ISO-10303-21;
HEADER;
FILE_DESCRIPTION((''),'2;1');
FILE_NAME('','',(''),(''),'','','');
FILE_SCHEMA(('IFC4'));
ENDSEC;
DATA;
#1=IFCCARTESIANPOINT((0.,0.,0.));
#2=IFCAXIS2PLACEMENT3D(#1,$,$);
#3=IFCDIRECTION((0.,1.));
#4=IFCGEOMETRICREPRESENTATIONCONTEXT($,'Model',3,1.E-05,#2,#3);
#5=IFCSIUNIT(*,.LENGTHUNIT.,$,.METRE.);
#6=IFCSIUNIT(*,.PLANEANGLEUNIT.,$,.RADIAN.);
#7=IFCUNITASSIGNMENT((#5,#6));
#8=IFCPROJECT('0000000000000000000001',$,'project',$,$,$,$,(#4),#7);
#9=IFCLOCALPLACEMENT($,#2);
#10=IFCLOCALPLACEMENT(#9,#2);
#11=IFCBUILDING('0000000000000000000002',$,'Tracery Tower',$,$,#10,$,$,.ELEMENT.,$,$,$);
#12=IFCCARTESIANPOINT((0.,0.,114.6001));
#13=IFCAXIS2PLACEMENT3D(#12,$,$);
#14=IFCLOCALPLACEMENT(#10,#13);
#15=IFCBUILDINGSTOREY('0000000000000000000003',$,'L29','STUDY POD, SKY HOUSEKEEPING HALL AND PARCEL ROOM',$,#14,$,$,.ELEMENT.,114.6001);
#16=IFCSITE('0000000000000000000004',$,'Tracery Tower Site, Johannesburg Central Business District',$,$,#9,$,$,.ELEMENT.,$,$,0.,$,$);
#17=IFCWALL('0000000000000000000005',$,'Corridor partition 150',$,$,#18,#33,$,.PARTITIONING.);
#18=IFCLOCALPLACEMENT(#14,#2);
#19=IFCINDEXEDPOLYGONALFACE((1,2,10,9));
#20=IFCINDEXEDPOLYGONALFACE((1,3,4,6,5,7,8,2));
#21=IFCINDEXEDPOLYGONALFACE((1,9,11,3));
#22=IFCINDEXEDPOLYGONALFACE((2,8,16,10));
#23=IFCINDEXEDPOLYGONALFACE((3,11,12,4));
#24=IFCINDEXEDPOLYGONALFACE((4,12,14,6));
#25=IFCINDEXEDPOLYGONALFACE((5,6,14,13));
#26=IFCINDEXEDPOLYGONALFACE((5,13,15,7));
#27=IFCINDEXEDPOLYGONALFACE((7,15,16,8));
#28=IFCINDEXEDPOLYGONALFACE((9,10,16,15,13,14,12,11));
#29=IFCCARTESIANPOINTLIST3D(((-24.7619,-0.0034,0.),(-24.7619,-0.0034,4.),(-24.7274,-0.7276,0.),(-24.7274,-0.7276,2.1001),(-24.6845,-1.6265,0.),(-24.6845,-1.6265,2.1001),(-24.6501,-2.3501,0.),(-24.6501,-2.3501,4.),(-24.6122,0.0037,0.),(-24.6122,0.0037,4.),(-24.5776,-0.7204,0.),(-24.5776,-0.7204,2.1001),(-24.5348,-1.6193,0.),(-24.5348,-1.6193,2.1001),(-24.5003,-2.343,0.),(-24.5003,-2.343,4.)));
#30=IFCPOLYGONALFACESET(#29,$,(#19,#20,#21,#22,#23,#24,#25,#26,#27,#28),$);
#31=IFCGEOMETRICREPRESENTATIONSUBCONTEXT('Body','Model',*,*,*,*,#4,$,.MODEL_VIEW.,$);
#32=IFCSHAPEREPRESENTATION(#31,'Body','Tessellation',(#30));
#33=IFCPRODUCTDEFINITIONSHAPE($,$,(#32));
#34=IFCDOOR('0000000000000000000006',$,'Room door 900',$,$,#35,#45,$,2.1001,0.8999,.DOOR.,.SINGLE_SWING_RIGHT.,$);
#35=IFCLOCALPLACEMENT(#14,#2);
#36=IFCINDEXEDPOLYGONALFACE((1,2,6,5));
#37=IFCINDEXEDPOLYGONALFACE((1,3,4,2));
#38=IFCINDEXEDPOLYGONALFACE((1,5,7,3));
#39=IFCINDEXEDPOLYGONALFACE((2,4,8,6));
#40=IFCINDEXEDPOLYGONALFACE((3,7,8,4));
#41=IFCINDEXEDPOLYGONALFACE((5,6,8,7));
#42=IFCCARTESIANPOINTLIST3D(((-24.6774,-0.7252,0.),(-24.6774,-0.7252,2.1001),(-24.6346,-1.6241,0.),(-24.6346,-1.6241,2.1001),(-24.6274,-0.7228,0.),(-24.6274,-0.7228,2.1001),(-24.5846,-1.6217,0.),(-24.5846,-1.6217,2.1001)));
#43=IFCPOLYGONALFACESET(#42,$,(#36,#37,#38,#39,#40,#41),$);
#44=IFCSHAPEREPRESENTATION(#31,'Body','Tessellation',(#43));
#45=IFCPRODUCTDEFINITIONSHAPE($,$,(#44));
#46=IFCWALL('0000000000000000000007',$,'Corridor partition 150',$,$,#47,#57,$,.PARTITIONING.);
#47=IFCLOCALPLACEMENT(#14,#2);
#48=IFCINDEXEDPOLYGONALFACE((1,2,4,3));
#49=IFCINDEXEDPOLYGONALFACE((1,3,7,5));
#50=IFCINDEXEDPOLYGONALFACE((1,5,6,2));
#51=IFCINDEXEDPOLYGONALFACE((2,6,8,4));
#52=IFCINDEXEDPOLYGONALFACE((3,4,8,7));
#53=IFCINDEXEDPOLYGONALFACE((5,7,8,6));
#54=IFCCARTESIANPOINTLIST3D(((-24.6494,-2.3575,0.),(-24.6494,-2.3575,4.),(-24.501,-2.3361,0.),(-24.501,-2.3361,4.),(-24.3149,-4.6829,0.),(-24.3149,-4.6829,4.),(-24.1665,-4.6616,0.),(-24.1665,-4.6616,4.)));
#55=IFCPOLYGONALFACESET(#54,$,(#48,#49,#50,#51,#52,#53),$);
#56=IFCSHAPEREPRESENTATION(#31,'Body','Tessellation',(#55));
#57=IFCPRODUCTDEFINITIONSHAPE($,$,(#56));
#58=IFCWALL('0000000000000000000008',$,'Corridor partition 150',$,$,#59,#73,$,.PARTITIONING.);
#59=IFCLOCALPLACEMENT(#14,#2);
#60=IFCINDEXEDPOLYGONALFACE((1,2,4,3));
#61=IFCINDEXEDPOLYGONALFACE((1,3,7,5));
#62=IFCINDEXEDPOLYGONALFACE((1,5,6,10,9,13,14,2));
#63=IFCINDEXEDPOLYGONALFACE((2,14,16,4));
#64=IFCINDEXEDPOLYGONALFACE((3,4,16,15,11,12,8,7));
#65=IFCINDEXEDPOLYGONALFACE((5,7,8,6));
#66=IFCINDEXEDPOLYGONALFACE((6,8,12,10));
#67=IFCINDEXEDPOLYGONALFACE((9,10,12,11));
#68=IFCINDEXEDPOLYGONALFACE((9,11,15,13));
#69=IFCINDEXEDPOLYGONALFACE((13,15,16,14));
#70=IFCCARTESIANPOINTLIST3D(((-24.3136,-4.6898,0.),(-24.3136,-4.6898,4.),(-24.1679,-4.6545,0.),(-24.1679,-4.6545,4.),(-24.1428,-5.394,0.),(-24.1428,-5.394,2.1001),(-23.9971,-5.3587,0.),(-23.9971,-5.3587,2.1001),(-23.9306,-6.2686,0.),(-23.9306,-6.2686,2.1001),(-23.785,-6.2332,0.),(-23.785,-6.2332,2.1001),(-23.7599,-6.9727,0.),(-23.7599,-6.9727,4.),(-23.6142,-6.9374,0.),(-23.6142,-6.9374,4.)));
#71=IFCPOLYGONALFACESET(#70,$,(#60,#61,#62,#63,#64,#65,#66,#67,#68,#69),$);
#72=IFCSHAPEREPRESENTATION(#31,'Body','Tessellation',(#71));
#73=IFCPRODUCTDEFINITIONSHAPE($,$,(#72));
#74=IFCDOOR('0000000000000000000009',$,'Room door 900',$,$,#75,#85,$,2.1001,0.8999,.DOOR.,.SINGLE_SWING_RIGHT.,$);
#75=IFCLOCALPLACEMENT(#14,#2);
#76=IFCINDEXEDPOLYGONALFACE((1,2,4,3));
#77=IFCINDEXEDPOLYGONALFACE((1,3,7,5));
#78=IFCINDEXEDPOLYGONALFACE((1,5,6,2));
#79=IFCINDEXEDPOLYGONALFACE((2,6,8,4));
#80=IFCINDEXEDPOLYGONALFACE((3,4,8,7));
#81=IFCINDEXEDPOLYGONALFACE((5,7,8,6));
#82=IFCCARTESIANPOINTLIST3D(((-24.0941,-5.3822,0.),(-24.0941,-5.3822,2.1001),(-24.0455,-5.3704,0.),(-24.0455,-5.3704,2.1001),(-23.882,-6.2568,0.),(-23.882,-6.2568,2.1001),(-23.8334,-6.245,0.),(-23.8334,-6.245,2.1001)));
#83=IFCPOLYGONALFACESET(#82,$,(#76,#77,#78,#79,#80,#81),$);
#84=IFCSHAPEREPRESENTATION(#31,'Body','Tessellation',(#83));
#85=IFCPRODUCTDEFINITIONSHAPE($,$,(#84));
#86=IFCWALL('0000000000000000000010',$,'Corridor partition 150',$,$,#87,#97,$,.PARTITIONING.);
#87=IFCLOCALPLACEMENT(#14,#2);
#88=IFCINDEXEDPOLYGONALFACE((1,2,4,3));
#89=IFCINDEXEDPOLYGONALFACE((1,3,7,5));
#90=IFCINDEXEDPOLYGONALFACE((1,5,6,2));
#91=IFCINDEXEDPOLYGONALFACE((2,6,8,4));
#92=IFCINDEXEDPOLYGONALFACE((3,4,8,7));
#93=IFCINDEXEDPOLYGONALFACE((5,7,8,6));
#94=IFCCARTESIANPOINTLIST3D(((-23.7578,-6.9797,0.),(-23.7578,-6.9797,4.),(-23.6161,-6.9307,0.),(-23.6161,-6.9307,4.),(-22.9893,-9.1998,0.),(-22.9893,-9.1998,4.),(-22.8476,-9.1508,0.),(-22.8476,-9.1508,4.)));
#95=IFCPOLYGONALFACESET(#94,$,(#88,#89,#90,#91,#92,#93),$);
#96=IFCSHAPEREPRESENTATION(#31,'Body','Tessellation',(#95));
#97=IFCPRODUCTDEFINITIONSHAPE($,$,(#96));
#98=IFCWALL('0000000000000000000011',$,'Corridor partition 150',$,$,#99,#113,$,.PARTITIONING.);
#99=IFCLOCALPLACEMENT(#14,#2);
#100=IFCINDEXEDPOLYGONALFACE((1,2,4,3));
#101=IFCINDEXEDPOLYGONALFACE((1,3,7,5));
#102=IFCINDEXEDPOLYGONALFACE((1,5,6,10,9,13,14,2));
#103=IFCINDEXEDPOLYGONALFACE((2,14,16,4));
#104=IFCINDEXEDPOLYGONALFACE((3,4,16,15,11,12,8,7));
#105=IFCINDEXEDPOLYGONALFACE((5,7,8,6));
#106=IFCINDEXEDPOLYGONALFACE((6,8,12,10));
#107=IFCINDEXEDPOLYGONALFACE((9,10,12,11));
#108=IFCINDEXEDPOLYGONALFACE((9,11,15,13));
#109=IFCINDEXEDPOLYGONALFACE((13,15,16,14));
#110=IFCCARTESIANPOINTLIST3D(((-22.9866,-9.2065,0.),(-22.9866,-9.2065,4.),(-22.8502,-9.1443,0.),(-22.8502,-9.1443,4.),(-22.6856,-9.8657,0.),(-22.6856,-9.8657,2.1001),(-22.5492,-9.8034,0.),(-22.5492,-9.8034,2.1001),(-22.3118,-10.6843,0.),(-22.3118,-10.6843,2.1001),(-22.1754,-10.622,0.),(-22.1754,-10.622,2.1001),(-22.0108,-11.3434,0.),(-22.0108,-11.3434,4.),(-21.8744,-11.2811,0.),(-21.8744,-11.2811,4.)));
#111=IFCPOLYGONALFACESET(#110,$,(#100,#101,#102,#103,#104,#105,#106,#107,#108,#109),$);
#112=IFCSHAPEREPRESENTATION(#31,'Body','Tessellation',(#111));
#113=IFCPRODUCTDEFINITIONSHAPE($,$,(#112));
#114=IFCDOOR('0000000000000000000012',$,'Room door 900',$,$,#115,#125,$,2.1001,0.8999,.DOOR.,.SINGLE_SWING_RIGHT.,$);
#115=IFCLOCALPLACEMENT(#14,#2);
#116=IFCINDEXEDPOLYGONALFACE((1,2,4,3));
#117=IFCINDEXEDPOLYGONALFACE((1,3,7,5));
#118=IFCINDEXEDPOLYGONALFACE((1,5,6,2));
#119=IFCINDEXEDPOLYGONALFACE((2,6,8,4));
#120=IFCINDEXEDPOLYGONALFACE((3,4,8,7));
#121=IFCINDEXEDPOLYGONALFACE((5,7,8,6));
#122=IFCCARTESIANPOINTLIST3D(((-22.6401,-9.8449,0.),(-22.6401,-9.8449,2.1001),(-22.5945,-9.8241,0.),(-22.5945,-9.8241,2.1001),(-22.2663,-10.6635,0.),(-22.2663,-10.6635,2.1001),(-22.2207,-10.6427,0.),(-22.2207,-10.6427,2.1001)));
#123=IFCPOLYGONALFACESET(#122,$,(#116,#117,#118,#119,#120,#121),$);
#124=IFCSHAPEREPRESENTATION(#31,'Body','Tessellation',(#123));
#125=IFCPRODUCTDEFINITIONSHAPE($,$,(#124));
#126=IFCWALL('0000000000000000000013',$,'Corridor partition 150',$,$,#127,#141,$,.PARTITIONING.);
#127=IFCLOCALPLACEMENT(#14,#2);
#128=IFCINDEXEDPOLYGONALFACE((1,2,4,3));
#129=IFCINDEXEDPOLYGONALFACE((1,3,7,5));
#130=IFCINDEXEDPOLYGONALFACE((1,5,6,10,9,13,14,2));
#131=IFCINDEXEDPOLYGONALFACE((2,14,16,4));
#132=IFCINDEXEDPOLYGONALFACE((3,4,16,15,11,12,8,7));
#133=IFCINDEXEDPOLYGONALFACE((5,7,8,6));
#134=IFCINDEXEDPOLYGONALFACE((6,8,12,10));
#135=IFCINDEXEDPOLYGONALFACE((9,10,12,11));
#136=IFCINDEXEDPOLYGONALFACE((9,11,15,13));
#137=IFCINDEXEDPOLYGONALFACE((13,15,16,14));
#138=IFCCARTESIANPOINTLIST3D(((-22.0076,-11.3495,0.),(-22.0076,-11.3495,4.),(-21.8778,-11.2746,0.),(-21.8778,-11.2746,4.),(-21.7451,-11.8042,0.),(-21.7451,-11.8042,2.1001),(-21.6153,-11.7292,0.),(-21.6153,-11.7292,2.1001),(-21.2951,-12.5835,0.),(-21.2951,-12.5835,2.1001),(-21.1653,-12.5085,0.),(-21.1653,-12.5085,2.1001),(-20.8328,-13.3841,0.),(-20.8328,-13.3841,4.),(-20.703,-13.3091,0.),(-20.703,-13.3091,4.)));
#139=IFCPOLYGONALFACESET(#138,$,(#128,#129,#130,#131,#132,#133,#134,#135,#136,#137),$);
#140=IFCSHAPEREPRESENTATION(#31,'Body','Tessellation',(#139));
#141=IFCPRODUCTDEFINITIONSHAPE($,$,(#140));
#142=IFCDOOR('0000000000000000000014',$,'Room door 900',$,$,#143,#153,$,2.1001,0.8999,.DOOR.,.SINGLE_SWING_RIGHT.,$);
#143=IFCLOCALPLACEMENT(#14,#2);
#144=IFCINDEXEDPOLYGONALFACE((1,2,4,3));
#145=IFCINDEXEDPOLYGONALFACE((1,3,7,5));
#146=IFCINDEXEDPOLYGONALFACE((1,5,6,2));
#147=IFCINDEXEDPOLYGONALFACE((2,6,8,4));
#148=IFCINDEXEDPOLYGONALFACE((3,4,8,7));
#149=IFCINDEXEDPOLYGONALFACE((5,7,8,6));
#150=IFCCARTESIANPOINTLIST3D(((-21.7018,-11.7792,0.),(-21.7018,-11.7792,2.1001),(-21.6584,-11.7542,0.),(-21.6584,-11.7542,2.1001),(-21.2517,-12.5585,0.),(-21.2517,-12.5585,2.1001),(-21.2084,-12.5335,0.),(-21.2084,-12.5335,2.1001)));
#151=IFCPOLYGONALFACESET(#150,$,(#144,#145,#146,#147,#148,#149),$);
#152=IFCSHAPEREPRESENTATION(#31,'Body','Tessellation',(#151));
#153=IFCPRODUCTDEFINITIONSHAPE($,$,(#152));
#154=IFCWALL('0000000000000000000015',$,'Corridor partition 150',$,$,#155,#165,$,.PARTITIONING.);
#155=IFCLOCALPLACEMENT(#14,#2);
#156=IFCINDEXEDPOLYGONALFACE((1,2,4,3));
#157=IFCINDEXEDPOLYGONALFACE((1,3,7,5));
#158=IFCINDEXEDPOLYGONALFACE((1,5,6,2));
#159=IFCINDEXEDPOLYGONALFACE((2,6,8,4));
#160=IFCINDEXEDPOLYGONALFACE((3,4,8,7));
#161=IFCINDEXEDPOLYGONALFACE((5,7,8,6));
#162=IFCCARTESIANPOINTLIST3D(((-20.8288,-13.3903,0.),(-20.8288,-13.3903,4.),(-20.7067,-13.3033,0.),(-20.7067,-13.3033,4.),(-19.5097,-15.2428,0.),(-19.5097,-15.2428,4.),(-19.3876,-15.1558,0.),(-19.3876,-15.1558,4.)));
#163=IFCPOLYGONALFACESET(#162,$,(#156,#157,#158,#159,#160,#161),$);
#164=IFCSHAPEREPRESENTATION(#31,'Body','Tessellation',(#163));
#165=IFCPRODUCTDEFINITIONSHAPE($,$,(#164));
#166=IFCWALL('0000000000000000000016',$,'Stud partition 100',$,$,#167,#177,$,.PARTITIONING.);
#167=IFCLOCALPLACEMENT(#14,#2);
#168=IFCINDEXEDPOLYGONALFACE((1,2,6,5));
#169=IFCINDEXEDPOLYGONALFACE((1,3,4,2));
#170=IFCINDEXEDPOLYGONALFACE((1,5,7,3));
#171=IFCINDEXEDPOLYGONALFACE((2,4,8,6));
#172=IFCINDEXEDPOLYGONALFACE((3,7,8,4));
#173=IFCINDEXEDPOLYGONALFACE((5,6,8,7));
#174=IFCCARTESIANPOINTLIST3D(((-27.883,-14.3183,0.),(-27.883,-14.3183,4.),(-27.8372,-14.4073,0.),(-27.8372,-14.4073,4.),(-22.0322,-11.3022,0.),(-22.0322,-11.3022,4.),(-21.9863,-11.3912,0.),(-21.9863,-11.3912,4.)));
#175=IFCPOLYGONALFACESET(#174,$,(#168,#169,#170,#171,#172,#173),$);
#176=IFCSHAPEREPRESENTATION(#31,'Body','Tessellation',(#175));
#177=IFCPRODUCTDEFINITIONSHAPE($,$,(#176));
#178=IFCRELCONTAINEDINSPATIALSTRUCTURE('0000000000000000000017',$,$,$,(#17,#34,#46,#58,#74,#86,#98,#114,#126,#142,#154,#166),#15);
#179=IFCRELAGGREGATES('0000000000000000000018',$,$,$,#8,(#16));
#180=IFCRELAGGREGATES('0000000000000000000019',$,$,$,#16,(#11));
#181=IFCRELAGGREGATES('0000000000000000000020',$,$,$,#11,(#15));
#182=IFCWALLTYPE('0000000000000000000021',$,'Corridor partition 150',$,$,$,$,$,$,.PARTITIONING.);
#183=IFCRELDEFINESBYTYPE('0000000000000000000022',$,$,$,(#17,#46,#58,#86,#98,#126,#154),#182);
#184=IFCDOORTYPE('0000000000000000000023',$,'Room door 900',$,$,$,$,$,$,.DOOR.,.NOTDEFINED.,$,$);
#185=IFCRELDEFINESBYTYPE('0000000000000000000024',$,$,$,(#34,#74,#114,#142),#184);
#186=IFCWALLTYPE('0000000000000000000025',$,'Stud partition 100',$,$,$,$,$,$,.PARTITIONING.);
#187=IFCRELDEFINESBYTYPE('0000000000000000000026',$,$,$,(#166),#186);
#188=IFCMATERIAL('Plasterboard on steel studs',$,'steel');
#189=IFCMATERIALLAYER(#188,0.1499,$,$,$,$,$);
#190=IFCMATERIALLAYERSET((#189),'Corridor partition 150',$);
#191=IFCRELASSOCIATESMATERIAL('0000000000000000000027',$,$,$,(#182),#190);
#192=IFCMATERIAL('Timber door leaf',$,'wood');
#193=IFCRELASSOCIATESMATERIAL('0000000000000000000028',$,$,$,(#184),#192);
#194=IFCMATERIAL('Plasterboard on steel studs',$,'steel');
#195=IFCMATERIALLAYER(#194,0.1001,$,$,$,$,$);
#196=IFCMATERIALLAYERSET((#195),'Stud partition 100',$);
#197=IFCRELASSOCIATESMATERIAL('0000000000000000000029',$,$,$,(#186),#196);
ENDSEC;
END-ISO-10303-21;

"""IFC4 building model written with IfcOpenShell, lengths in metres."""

from ifc_helpers import new_model, si_unit, direction, frame, frame_2d, origin, place, context, subcontext, project, spatial, rectangle, extrude, material, layer, layer_set, type_object, element, fill, save


model = new_model("IFC4")

# Units and contexts
model_context = context("Model", 3, precision=1e-05, world=origin(), true_north=direction((0.0, 1.0)))
body_context = subcontext(model_context, "Body", "Model", "MODEL_VIEW")
ifc_project = project(units=[si_unit("LENGTHUNIT", "METRE"), si_unit("PLANEANGLEUNIT", "RADIAN")], contexts=[model_context])

# Site, building, storey
site_placement = place(None, origin())
site = spatial("IfcSite", under=ifc_project, at=site_placement, Name="Tracery Tower Site, Johannesburg Central Business District", CompositionType="ELEMENT", RefElevation=0.0)
building_placement = place(site_placement, origin())
building = spatial("IfcBuilding", under=site, at=building_placement, Name="Tracery Tower", CompositionType="ELEMENT")
storey_placement = place(building_placement, frame((0.0, 0.0, 114.6001)))
storey = spatial("IfcBuildingStorey", under=building, at=storey_placement, Name="L29", Description="STUDY POD, SKY HOUSEKEEPING HALL AND PARCEL ROOM", CompositionType="ELEMENT", Elevation=114.6001)

# Wall, opening, door
ifc_material_1 = material(Name="Plasterboard on steel studs", Category="steel")
ifc_layer_1 = layer(ifc_material_1, 0.1499)
ifc_layer_set_1 = layer_set([ifc_layer_1], Name="Corridor partition 150")
wall_type_1 = type_object("IfcWallType", Name="Corridor partition 150", PredefinedType="PARTITIONING", material=ifc_layer_set_1)
wall_1_placement = place(storey_placement, frame((-24.5752, -2.3467, 0.0), z_axis=(0.0, 0.0, 1.0), x_axis=(-0.047595, 0.998867, 0.0)))
wall_1 = element("IfcWall", 1, at=wall_1_placement, inside=storey, type_object=wall_type_1, Name="Corridor partition 150", PredefinedType="PARTITIONING", context=body_context, shape_type="SweptSolid", body=[
    extrude(rectangle(XDim=2.3494, YDim=0.1499, at=frame_2d((1.1748, 0.0))), origin(), (0.0, 0.0, 1.0), 4.0),
])
opening_1_placement = place(wall_1_placement, frame((0.7246, 0.0, 0.0)))
opening_1 = element("IfcOpeningElement", 2, at=opening_1_placement, cuts=wall_1, PredefinedType="OPENING", context=body_context, shape_type="SweptSolid", body=[
    extrude(rectangle(XDim=0.8999, YDim=2.1001, at=frame_2d((0.45, 1.05))), frame((0.0, 0.075, 0.0), z_axis=(0.0, -1.0, 0.0), x_axis=(1.0, 0.0, 0.0)), (0.0, 0.0, 1.0), 0.1499),
])
ifc_material_2 = material(Name="Timber door leaf", Category="wood")
door_type = type_object("IfcDoorType", Name="Room door 900", OperationType="NOTDEFINED", PredefinedType="DOOR", material=ifc_material_2)
door_1_placement = place(opening_1_placement, origin())
door_1 = element("IfcDoor", 3, at=door_1_placement, inside=storey, type_object=door_type, Name="Room door 900", OperationType="SINGLE_SWING_RIGHT", OverallHeight=2.1001, OverallWidth=0.8999, PredefinedType="DOOR", context=body_context, shape_type="SweptSolid", body=[
    extrude(rectangle(XDim=0.8999, YDim=2.1001, at=frame_2d((0.45, 1.05))), frame((0.0, 0.0249, 0.0), z_axis=(0.0, -1.0, 0.0), x_axis=(1.0, 0.0, 0.0)), (0.0, 0.0, 1.0), 0.05),
])
fill(opening_1, door_1)

# Wall
wall_2_placement = place(storey_placement, frame((-24.5752, -2.3467, 0.0), z_axis=(0.0, 0.0, 1.0), x_axis=(0.142367, -0.989814, 0.0)))
element("IfcWall", 4, at=wall_2_placement, inside=storey, type_object=wall_type_1, Name="Corridor partition 150", PredefinedType="PARTITIONING", context=body_context, shape_type="SweptSolid", body=[
    extrude(rectangle(XDim=2.3494, YDim=0.1499, at=frame_2d((1.1748, 0.0))), origin(), (0.0, 0.0, 1.0), 4.0),
])

# Wall, opening, door
wall_3_placement = place(storey_placement, frame((-23.687, -6.9551, 0.0), z_axis=(0.0, 0.0, 1.0), x_axis=(-0.235707, 0.971824, 0.0)))
wall_3 = element("IfcWall", 5, at=wall_3_placement, inside=storey, type_object=wall_type_1, Name="Corridor partition 150", PredefinedType="PARTITIONING", context=body_context, shape_type="SweptSolid", body=[
    extrude(rectangle(XDim=2.3491, YDim=0.1499, at=frame_2d((1.1746, 0.0))), origin(), (0.0, 0.0, 1.0), 4.0),
])
opening_2_placement = place(wall_3_placement, frame((0.7246, 0.0, 0.0)))
opening_2 = element("IfcOpeningElement", 6, at=opening_2_placement, cuts=wall_3, PredefinedType="OPENING", context=body_context, shape_type="SweptSolid", body=[
    extrude(rectangle(XDim=0.8999, YDim=2.1001, at=frame_2d((0.45, 1.05))), frame((0.0, 0.075, 0.0), z_axis=(0.0, -1.0, 0.0), x_axis=(1.0, 0.0, 0.0)), (0.0, 0.0, 1.0), 0.1499),
])
door_2_placement = place(opening_2_placement, origin())
door_2 = element("IfcDoor", 7, at=door_2_placement, inside=storey, type_object=door_type, Name="Room door 900", OperationType="SINGLE_SWING_RIGHT", OverallHeight=2.1001, OverallWidth=0.8999, PredefinedType="DOOR", context=body_context, shape_type="SweptSolid", body=[
    extrude(rectangle(XDim=0.8999, YDim=2.1001, at=frame_2d((0.45, 1.05))), frame((0.0, 0.0249, 0.0), z_axis=(0.0, -1.0, 0.0), x_axis=(1.0, 0.0, 0.0)), (0.0, 0.0, 1.0), 0.05),
])
fill(opening_2, door_2)

# Wall
wall_4_placement = place(storey_placement, frame((-23.687, -6.9551, 0.0), z_axis=(0.0, 0.0, 1.0), x_axis=(0.327118, -0.944984, 0.0)))
element("IfcWall", 8, at=wall_4_placement, inside=storey, type_object=wall_type_1, Name="Corridor partition 150", PredefinedType="PARTITIONING", context=body_context, shape_type="SweptSolid", body=[
    extrude(rectangle(XDim=2.3494, YDim=0.1499, at=frame_2d((1.1748, 0.0))), origin(), (0.0, 0.0, 1.0), 4.0),
])

# Walls, openings, doors
wall_5_placement = place(storey_placement, frame((-21.9426, -11.3123, 0.0), z_axis=(0.0, 0.0, 1.0), x_axis=(-0.415384, 0.909646, 0.0)))
wall_5 = element("IfcWall", 9, at=wall_5_placement, inside=storey, type_object=wall_type_1, Name="Corridor partition 150", PredefinedType="PARTITIONING", context=body_context, shape_type="SweptSolid", body=[
    extrude(rectangle(XDim=2.3491, YDim=0.1499, at=frame_2d((1.1746, 0.0))), origin(), (0.0, 0.0, 1.0), 4.0),
])
opening_3_placement = place(wall_5_placement, frame((0.7246, 0.0, 0.0)))
opening_3 = element("IfcOpeningElement", 10, at=opening_3_placement, cuts=wall_5, PredefinedType="OPENING", context=body_context, shape_type="SweptSolid", body=[
    extrude(rectangle(XDim=0.8999, YDim=2.1001, at=frame_2d((0.45, 1.05))), frame((0.0, 0.075, 0.0), z_axis=(0.0, -1.0, 0.0), x_axis=(1.0, 0.0, 0.0)), (0.0, 0.0, 1.0), 0.1499),
])
door_3_placement = place(opening_3_placement, origin())
door_3 = element("IfcDoor", 11, at=door_3_placement, inside=storey, type_object=door_type, Name="Room door 900", OperationType="SINGLE_SWING_RIGHT", OverallHeight=2.1001, OverallWidth=0.8999, PredefinedType="DOOR", context=body_context, shape_type="SweptSolid", body=[
    extrude(rectangle(XDim=0.8999, YDim=2.1001, at=frame_2d((0.45, 1.05))), frame((0.0, 0.0249, 0.0), z_axis=(0.0, -1.0, 0.0), x_axis=(1.0, 0.0, 0.0)), (0.0, 0.0, 1.0), 0.05),
])
fill(opening_3, door_3)
wall_6_placement = place(storey_placement, frame((-20.7678, -13.3467, 0.0), z_axis=(0.0, 0.0, 1.0), x_axis=(-0.500073, 0.865983, 0.0)))
wall_6 = element("IfcWall", 12, at=wall_6_placement, inside=storey, type_object=wall_type_1, Name="Corridor partition 150", PredefinedType="PARTITIONING", context=body_context, shape_type="SweptSolid", body=[
    extrude(rectangle(XDim=2.3494, YDim=0.1499, at=frame_2d((1.1748, 0.0))), origin(), (0.0, 0.0, 1.0), 4.0),
])
opening_4_placement = place(wall_6_placement, frame((0.9246, 0.0, 0.0)))
opening_4 = element("IfcOpeningElement", 13, at=opening_4_placement, cuts=wall_6, PredefinedType="OPENING", context=body_context, shape_type="SweptSolid", body=[
    extrude(rectangle(XDim=0.8999, YDim=2.1001, at=frame_2d((0.45, 1.05))), frame((0.0, 0.075, 0.0), z_axis=(0.0, -1.0, 0.0), x_axis=(1.0, 0.0, 0.0)), (0.0, 0.0, 1.0), 0.1499),
])
door_4_placement = place(opening_4_placement, origin())
door_4 = element("IfcDoor", 14, at=door_4_placement, inside=storey, type_object=door_type, Name="Room door 900", OperationType="SINGLE_SWING_RIGHT", OverallHeight=2.1001, OverallWidth=0.8999, PredefinedType="DOOR", context=body_context, shape_type="SweptSolid", body=[
    extrude(rectangle(XDim=0.8999, YDim=2.1001, at=frame_2d((0.45, 1.05))), frame((0.0, 0.0249, 0.0), z_axis=(0.0, -1.0, 0.0), x_axis=(1.0, 0.0, 0.0)), (0.0, 0.0, 1.0), 0.05),
])
fill(opening_4, door_4)

# Walls
wall_7_placement = place(storey_placement, frame((-20.7678, -13.3467, 0.0), z_axis=(0.0, 0.0, 1.0), x_axis=(0.580029, -0.814596, 0.0)))
element("IfcWall", 15, at=wall_7_placement, inside=storey, type_object=wall_type_1, Name="Corridor partition 150", PredefinedType="PARTITIONING", context=body_context, shape_type="SweptSolid", body=[
    extrude(rectangle(XDim=2.2742, YDim=0.1499, at=frame_2d((1.1372, 0.0))), origin(), (0.0, 0.0, 1.0), 4.0),
])
ifc_material_3 = material(Name="Plasterboard on steel studs", Category="steel")
ifc_layer_2 = layer(ifc_material_3, 0.1001)
ifc_layer_set_2 = layer_set([ifc_layer_2], Name="Stud partition 100")
wall_type_2 = type_object("IfcWallType", Name="Stud partition 100", PredefinedType="PARTITIONING", material=ifc_layer_set_2)
wall_8_placement = place(storey_placement, frame((-27.8601, -14.3628, 0.0), z_axis=(0.0, 0.0, 1.0), x_axis=(0.888848, 0.458203, 0.0)))
element("IfcWall", 16, at=wall_8_placement, inside=storey, type_object=wall_type_2, Name="Stud partition 100", PredefinedType="PARTITIONING", context=body_context, shape_type="SweptSolid", body=[
    extrude(rectangle(XDim=6.5825, YDim=0.1001, at=frame_2d((3.2913, 0.0))), origin(), (0.0, 0.0, 1.0), 4.0),
])

save(model, "model.ifc")
